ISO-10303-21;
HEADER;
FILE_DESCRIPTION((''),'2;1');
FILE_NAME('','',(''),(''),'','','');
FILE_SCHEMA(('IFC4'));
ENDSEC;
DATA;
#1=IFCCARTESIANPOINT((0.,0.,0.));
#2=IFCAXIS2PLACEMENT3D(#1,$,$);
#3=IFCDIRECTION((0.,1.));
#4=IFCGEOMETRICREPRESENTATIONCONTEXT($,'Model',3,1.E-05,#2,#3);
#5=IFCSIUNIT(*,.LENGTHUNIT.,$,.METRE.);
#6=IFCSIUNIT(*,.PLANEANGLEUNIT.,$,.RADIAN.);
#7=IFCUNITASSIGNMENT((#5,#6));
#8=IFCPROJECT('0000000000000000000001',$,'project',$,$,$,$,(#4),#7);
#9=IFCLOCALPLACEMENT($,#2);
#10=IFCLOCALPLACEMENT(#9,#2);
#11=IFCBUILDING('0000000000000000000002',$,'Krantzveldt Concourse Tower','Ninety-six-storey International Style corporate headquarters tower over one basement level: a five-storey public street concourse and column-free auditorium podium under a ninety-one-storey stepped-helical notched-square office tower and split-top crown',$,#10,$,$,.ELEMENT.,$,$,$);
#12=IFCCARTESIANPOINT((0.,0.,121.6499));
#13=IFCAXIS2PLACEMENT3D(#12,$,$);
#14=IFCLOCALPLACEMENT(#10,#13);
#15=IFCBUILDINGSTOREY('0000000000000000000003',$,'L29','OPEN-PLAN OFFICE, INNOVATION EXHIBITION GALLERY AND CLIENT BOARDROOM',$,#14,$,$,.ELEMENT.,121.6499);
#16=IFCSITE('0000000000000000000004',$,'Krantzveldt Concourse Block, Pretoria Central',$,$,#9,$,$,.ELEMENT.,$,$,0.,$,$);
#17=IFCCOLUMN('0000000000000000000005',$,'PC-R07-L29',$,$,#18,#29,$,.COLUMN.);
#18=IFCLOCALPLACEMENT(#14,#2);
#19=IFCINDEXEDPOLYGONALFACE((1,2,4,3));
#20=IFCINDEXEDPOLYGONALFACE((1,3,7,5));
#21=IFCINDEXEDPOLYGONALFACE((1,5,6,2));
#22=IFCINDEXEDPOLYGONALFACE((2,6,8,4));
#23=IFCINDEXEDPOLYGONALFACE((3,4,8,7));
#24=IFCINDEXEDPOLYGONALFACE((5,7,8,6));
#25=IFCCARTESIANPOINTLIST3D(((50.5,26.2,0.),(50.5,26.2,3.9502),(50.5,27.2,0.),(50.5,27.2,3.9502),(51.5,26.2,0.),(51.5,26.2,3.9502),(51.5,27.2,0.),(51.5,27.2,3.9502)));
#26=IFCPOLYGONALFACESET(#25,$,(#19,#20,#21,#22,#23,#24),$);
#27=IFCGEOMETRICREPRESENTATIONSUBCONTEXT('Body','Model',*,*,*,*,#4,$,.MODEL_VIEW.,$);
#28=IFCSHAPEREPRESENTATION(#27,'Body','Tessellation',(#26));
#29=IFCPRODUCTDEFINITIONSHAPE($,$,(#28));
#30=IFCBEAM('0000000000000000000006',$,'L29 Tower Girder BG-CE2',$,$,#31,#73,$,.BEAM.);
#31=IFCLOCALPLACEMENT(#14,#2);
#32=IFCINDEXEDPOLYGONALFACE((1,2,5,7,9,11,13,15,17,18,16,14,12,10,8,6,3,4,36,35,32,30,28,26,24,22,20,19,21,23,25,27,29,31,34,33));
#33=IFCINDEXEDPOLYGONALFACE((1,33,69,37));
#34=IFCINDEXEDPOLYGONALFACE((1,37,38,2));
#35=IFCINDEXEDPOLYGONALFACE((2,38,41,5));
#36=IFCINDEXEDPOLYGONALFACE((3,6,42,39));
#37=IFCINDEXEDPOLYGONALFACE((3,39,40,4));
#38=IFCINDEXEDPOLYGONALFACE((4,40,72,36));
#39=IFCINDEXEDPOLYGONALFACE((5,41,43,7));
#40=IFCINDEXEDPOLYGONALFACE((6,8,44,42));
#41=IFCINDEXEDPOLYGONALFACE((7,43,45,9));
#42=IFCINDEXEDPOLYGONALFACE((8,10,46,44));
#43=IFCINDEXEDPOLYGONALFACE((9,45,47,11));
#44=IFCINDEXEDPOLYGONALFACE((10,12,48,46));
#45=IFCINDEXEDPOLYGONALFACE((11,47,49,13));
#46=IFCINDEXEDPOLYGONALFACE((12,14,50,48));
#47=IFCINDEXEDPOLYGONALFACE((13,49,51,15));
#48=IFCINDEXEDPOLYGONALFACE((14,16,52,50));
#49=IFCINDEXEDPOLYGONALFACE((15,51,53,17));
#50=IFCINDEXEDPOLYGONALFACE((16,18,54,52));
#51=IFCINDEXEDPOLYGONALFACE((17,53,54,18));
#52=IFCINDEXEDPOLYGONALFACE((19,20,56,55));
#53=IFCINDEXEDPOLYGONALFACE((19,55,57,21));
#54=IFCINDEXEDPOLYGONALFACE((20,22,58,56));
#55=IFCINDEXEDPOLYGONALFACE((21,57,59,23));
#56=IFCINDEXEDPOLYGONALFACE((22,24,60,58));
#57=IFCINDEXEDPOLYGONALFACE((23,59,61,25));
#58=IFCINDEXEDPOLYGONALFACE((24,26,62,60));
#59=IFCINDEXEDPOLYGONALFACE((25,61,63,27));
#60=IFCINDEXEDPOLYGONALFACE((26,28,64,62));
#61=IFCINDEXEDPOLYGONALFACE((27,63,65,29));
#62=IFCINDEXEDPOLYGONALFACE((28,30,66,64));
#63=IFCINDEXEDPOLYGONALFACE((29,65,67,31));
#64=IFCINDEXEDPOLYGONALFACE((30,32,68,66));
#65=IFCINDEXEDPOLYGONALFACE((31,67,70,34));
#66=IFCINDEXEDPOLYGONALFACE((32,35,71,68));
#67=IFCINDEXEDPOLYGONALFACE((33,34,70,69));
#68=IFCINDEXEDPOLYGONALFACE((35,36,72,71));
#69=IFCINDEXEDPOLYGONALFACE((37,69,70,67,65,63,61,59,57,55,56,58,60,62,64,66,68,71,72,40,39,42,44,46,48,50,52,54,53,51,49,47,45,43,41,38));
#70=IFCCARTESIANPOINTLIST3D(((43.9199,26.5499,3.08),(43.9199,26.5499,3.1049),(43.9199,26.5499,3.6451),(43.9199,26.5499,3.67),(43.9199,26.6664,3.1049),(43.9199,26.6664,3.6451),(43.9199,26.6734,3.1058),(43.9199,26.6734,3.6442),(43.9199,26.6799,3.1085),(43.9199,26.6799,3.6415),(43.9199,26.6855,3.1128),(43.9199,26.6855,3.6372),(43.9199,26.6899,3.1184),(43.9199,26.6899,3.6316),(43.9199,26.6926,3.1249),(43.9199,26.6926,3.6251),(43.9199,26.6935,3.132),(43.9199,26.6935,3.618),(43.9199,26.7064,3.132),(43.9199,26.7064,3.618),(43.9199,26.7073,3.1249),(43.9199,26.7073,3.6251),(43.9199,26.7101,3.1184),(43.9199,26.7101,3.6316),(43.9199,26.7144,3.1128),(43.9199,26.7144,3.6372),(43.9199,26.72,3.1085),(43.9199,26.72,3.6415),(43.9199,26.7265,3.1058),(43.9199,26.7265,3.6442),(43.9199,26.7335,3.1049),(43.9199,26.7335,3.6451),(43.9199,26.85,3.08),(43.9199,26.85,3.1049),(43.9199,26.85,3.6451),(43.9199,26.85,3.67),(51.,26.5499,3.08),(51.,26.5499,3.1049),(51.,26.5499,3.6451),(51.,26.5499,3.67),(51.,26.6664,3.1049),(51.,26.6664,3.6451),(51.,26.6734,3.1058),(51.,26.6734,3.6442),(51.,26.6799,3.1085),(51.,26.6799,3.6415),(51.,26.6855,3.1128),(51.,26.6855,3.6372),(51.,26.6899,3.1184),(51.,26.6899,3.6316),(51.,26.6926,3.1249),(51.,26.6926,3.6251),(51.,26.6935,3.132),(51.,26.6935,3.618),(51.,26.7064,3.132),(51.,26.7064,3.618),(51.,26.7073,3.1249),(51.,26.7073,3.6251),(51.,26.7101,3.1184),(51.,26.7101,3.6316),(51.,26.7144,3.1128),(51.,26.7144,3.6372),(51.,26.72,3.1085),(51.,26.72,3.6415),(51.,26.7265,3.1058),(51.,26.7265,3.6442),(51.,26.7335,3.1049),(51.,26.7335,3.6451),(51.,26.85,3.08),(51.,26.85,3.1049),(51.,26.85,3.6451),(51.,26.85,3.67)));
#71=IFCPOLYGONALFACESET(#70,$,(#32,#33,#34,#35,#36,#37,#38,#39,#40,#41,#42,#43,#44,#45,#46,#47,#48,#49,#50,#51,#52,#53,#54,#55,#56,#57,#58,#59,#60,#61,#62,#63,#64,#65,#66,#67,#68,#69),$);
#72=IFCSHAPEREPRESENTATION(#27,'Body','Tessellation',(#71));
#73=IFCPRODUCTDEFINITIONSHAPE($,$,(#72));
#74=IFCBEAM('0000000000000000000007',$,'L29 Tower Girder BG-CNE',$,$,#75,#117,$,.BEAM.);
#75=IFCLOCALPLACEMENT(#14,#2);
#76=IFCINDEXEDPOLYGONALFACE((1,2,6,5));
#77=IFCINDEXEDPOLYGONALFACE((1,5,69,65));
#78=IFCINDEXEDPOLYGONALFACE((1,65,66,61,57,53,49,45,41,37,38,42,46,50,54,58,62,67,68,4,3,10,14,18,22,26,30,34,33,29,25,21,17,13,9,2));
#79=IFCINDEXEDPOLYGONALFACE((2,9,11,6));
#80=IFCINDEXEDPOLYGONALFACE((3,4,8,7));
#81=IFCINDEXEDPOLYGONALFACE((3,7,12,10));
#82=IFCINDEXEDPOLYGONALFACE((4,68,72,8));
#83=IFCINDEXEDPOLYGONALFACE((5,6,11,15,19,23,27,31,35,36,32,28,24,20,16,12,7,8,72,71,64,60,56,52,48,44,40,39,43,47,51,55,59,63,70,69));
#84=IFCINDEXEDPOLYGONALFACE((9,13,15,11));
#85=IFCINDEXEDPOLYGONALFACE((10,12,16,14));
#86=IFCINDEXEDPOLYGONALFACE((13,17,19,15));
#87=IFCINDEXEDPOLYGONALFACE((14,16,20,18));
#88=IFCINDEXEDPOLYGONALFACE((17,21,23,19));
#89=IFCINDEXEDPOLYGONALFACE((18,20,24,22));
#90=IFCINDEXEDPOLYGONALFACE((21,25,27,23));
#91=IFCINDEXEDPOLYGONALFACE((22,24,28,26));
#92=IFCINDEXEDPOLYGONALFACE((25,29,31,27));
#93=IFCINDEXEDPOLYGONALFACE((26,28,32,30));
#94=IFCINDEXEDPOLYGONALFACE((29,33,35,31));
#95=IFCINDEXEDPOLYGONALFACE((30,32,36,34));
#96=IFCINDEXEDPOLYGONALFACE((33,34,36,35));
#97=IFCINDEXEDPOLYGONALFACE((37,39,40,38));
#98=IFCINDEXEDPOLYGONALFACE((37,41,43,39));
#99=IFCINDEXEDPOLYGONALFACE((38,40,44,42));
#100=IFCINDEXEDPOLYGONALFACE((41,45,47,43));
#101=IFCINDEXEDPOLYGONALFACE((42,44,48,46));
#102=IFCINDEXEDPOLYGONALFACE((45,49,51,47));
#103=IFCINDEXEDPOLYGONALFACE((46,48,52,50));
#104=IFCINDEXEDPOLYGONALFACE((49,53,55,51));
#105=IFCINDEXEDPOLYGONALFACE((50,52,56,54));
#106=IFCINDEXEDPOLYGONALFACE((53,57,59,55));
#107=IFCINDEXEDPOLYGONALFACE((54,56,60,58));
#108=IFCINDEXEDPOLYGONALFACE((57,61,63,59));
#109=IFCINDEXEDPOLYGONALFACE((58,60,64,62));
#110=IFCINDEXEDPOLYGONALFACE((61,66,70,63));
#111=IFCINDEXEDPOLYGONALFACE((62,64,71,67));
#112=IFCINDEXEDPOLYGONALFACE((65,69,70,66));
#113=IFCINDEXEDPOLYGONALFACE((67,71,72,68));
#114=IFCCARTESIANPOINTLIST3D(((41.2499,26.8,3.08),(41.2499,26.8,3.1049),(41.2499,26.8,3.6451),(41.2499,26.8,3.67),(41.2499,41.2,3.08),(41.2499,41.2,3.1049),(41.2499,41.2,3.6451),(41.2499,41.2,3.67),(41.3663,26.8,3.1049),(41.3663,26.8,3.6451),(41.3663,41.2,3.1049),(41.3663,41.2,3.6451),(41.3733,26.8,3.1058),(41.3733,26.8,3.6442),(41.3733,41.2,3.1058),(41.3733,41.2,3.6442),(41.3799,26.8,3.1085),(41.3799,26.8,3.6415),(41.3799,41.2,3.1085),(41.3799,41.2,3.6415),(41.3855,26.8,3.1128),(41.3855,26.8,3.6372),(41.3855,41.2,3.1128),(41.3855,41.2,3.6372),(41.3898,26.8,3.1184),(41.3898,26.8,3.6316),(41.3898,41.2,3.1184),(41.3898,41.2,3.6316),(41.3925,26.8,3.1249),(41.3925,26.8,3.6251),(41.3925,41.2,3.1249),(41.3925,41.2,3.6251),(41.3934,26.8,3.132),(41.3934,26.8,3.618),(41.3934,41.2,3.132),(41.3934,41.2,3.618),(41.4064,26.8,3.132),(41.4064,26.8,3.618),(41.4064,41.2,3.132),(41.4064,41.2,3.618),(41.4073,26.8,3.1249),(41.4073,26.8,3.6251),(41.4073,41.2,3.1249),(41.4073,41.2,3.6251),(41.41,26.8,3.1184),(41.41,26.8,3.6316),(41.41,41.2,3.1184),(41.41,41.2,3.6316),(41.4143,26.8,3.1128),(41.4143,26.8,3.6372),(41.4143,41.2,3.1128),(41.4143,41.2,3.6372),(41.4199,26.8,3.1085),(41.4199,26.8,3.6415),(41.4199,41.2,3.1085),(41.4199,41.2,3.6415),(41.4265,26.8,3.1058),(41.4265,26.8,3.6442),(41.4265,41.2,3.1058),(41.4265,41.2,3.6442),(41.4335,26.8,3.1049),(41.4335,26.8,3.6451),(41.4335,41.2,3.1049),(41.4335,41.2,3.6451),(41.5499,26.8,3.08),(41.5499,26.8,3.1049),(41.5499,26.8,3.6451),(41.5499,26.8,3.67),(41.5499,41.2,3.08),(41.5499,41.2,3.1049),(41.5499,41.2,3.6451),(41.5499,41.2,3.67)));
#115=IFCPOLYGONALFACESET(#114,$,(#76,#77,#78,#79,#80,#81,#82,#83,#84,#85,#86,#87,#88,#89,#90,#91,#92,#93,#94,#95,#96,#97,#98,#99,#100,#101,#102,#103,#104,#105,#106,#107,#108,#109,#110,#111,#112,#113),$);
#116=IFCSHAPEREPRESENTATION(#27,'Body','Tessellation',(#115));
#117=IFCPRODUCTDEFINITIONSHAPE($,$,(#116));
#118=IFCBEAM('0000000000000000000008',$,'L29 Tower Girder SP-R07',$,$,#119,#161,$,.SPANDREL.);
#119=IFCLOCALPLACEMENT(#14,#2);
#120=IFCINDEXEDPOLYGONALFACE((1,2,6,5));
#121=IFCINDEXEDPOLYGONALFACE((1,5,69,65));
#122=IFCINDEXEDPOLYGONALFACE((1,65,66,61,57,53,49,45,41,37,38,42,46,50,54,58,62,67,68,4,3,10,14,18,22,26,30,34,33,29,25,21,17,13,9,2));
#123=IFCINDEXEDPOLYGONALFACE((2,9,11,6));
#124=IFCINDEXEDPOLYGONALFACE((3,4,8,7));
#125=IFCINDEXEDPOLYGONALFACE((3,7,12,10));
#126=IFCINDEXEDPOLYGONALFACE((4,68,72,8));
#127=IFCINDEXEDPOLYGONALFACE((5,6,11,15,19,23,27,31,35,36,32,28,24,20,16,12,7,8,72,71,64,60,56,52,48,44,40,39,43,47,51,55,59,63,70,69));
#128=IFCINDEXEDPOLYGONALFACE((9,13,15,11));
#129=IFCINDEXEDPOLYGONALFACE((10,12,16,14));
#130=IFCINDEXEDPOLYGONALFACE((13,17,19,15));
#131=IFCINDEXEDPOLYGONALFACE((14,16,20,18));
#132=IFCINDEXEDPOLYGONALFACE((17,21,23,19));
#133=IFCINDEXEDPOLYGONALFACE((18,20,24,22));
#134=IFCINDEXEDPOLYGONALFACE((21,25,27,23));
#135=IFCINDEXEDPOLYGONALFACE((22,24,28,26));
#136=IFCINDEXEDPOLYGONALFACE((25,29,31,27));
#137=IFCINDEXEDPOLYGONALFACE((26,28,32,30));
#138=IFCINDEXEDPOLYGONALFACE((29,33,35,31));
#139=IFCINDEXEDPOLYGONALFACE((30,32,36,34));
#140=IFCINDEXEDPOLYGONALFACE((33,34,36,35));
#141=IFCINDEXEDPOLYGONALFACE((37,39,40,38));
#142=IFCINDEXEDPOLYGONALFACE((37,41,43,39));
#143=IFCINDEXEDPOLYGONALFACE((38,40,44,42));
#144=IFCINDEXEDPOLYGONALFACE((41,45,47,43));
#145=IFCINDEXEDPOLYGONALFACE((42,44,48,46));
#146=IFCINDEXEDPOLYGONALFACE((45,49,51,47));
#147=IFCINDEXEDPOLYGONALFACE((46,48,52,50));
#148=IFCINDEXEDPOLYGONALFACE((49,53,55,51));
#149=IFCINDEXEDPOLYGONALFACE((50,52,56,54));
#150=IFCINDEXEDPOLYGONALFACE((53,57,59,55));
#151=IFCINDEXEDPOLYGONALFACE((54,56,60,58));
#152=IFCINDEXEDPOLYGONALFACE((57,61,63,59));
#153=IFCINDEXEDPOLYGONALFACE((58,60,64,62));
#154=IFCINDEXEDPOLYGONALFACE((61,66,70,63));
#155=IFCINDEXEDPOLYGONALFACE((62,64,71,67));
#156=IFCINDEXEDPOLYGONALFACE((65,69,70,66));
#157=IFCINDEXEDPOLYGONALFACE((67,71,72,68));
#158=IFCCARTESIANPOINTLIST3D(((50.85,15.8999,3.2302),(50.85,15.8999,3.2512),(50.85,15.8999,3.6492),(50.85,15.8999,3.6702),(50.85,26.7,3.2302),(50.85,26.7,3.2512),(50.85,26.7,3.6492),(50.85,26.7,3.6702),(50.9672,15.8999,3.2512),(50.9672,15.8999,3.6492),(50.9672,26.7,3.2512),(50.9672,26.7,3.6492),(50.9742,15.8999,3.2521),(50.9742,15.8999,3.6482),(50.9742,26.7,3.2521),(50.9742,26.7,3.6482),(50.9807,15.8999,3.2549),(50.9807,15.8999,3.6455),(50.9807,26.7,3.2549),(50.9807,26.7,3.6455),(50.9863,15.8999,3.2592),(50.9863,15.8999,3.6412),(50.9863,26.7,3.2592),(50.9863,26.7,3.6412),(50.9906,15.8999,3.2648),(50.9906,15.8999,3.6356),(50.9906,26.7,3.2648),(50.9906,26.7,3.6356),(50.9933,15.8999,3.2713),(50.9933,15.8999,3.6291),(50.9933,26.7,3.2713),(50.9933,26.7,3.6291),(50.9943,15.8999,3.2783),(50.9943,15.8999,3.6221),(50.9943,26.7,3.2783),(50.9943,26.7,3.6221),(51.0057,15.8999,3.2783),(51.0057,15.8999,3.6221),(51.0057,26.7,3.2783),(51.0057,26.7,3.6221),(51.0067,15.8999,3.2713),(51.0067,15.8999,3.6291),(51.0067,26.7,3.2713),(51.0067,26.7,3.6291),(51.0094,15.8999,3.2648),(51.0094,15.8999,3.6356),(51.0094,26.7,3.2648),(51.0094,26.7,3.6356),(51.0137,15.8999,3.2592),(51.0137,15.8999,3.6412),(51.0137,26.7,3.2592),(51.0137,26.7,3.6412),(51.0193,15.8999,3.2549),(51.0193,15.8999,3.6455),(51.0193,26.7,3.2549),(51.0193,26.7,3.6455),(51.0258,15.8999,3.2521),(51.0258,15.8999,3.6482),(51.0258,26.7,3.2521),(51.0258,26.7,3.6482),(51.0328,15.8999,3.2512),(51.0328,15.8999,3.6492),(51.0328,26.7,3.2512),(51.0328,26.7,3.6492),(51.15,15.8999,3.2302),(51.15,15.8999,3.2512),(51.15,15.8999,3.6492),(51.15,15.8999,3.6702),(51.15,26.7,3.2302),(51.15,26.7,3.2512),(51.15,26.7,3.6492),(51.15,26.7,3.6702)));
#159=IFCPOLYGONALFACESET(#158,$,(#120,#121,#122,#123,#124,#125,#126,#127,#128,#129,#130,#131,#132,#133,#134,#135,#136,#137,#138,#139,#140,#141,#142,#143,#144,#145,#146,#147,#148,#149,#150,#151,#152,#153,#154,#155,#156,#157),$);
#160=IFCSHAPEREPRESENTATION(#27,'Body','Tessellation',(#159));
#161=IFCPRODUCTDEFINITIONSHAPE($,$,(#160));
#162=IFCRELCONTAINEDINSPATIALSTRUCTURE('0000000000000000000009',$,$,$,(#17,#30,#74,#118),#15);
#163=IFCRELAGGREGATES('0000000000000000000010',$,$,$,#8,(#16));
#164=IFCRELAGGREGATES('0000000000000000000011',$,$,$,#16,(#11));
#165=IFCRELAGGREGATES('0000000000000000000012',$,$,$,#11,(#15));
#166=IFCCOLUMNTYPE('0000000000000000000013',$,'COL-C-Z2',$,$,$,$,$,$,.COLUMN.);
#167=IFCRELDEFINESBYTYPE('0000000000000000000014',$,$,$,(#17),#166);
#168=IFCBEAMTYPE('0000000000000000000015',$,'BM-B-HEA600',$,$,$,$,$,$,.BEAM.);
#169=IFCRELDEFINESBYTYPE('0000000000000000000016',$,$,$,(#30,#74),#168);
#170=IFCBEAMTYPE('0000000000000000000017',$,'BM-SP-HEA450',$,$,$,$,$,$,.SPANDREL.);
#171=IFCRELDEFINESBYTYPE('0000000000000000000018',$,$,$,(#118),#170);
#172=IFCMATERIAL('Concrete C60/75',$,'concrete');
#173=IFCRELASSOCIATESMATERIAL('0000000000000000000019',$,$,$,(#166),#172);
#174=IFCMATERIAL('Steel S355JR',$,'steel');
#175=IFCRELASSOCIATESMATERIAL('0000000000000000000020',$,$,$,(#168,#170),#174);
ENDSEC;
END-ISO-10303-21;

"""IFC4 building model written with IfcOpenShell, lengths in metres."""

from ifc_helpers import new_model, si_unit, direction, frame, origin, origin_2d, place, context, subcontext, project, spatial, rectangle, i_section, extrude, source, transform, mapped, material, material_profile, profile_set, type_object, type_shapes, element, save


model = new_model("IFC4")

# Units and contexts
model_context = context("Model", 3, precision=1e-05, world=origin(), true_north=direction((0.0, 1.0)))
body_context = subcontext(model_context, "Body", "Model", "MODEL_VIEW")
ifc_project = project(units=[si_unit("LENGTHUNIT", "METRE"), si_unit("PLANEANGLEUNIT", "RADIAN")], contexts=[model_context])

# Site, building, storey
site_placement = place(None, origin())
site = spatial("IfcSite", under=ifc_project, at=site_placement, Name="Krantzveldt Concourse Block, Pretoria Central", CompositionType="ELEMENT", RefElevation=0.0)
building_placement = place(site_placement, origin())
building = spatial("IfcBuilding", under=site, at=building_placement, Name="Krantzveldt Concourse Tower", Description="Ninety-six-storey International Style corporate headquarters tower over one basement level: a five-storey public street concourse and column-free auditorium podium under a ninety-one-storey stepped-helical notched-square office tower and split-top crown", CompositionType="ELEMENT")
storey_placement = place(building_placement, frame((0.0, 0.0, 121.6499)))
storey = spatial("IfcBuildingStorey", under=building, at=storey_placement, Name="L29", Description="OPEN-PLAN OFFICE, INNOVATION EXHIBITION GALLERY AND CLIENT BOARDROOM", CompositionType="ELEMENT", Elevation=121.6499)

# Column
ifc_material_1 = material(Name="Concrete C60/75", Category="concrete")
ifc_material_profile_1 = material_profile(ifc_material_1, rectangle(XDim=1.0, YDim=1.0, at=origin_2d()), Name="Concrete C60/75", Category="concrete")
ifc_profile_set_1 = profile_set([ifc_material_profile_1], Name="Concrete C60/75 - RC 1000x1000")
column_type = type_object("IfcColumnType", Name="COL-C-Z2", PredefinedType="COLUMN", material=ifc_profile_set_1)
shared_shape_1 = source(origin(), body_context, "Body", "SweptSolid", [
    extrude(rectangle(XDim=1.0, YDim=1.0, at=origin_2d()), origin(), (0.0, 0.0, 1.0), 3.9502),
])
type_shapes(column_type, [shared_shape_1])
column_placement = place(storey_placement, frame((51.0, 26.7, 0.0), z_axis=(0.0, 0.0, 1.0), x_axis=(1.0, 0.0, 0.0)))
element("IfcColumn", 1, at=column_placement, inside=storey, type_object=column_type, Name="PC-R07-L29", PredefinedType="COLUMN", context=body_context, shape_type="MappedRepresentation", body=[
    mapped(shared_shape_1, transform((0.0, 0.0, 0.0), x_axis=(1.0, 0.0, 0.0), y_axis=(0.0, 1.0, 0.0), z_axis=(0.0, 0.0, 1.0), scale=1.0)),
])

# Beams
ifc_material_2 = material(Name="Steel S355JR", Category="steel")
ifc_material_profile_2 = material_profile(ifc_material_2, i_section(OverallWidth=0.3, OverallDepth=0.5901, WebThickness=0.0129, FlangeThickness=0.0249, FilletRadius=0.0271, at=origin_2d()), Name="Steel S355JR", Category="steel")
ifc_profile_set_2 = profile_set([ifc_material_profile_2], Name="Steel S355JR - HEA 600")
beam_type_1 = type_object("IfcBeamType", Name="BM-B-HEA600", PredefinedType="BEAM", material=ifc_profile_set_2)
shared_shape_2 = source(origin(), body_context, "Body", "SweptSolid", [
    extrude(i_section(OverallWidth=0.3, OverallDepth=0.5901, WebThickness=0.0129, FlangeThickness=0.0249, FilletRadius=0.0271, at=origin_2d()), origin(), (0.0, 0.0, 1.0), 7.0801),
])
beam_1_placement = place(storey_placement, frame((43.9199, 26.7, 3.375), z_axis=(1.0, 0.0, 0.0), x_axis=(0.0, 1.0, 0.0)))
element("IfcBeam", 2, at=beam_1_placement, inside=storey, type_object=beam_type_1, Name="L29 Tower Girder BG-CE2", PredefinedType="BEAM", context=body_context, shape_type="MappedRepresentation", body=[
    mapped(shared_shape_2, transform((0.0, 0.0, 0.0), x_axis=(1.0, 0.0, 0.0), y_axis=(0.0, 1.0, 0.0), z_axis=(0.0, 0.0, 1.0), scale=1.0)),
])
shared_shape_3 = source(origin(), body_context, "Body", "SweptSolid", [
    extrude(i_section(OverallWidth=0.3, OverallDepth=0.5901, WebThickness=0.0129, FlangeThickness=0.0249, FilletRadius=0.0271, at=origin_2d()), origin(), (0.0, 0.0, 1.0), 14.3999),
])
type_shapes(beam_type_1, [shared_shape_2, shared_shape_3])
beam_2_placement = place(storey_placement, frame((41.3999, 26.8, 3.375), z_axis=(0.0, 1.0, 0.0), x_axis=(-1.0, 0.0, 0.0)))
element("IfcBeam", 3, at=beam_2_placement, inside=storey, type_object=beam_type_1, Name="L29 Tower Girder BG-CNE", PredefinedType="BEAM", context=body_context, shape_type="MappedRepresentation", body=[
    mapped(shared_shape_3, transform((0.0, 0.0, 0.0), x_axis=(1.0, 0.0, 0.0), y_axis=(0.0, 1.0, 0.0), z_axis=(0.0, 0.0, 1.0), scale=1.0)),
])
ifc_material_profile_3 = material_profile(ifc_material_2, i_section(OverallWidth=0.3, OverallDepth=0.4399, WebThickness=0.0115, FlangeThickness=0.021, FilletRadius=0.0271, at=origin_2d()), Name="Steel S355JR", Category="steel")
ifc_profile_set_3 = profile_set([ifc_material_profile_3], Name="Steel S355JR - HEA 450")
beam_type_2 = type_object("IfcBeamType", Name="BM-SP-HEA450", PredefinedType="SPANDREL", material=ifc_profile_set_3)
shared_shape_4 = source(origin(), body_context, "Body", "SweptSolid", [
    extrude(i_section(OverallWidth=0.3, OverallDepth=0.4399, WebThickness=0.0115, FlangeThickness=0.021, FilletRadius=0.0271, at=origin_2d()), origin(), (0.0, 0.0, 1.0), 10.8),
])
type_shapes(beam_type_2, [shared_shape_4])
beam_3_placement = place(storey_placement, frame((51.0, 26.7, 3.4502), z_axis=(0.0, -1.0, 0.0), x_axis=(1.0, 0.0, 0.0)))
element("IfcBeam", 4, at=beam_3_placement, inside=storey, type_object=beam_type_2, Name="L29 Tower Girder SP-R07", PredefinedType="SPANDREL", context=body_context, shape_type="MappedRepresentation", body=[
    mapped(shared_shape_4, transform((0.0, 0.0, 0.0), x_axis=(1.0, 0.0, 0.0), y_axis=(0.0, 1.0, 0.0), z_axis=(0.0, 0.0, 1.0), scale=1.0)),
])

save(model, "model.ifc")
